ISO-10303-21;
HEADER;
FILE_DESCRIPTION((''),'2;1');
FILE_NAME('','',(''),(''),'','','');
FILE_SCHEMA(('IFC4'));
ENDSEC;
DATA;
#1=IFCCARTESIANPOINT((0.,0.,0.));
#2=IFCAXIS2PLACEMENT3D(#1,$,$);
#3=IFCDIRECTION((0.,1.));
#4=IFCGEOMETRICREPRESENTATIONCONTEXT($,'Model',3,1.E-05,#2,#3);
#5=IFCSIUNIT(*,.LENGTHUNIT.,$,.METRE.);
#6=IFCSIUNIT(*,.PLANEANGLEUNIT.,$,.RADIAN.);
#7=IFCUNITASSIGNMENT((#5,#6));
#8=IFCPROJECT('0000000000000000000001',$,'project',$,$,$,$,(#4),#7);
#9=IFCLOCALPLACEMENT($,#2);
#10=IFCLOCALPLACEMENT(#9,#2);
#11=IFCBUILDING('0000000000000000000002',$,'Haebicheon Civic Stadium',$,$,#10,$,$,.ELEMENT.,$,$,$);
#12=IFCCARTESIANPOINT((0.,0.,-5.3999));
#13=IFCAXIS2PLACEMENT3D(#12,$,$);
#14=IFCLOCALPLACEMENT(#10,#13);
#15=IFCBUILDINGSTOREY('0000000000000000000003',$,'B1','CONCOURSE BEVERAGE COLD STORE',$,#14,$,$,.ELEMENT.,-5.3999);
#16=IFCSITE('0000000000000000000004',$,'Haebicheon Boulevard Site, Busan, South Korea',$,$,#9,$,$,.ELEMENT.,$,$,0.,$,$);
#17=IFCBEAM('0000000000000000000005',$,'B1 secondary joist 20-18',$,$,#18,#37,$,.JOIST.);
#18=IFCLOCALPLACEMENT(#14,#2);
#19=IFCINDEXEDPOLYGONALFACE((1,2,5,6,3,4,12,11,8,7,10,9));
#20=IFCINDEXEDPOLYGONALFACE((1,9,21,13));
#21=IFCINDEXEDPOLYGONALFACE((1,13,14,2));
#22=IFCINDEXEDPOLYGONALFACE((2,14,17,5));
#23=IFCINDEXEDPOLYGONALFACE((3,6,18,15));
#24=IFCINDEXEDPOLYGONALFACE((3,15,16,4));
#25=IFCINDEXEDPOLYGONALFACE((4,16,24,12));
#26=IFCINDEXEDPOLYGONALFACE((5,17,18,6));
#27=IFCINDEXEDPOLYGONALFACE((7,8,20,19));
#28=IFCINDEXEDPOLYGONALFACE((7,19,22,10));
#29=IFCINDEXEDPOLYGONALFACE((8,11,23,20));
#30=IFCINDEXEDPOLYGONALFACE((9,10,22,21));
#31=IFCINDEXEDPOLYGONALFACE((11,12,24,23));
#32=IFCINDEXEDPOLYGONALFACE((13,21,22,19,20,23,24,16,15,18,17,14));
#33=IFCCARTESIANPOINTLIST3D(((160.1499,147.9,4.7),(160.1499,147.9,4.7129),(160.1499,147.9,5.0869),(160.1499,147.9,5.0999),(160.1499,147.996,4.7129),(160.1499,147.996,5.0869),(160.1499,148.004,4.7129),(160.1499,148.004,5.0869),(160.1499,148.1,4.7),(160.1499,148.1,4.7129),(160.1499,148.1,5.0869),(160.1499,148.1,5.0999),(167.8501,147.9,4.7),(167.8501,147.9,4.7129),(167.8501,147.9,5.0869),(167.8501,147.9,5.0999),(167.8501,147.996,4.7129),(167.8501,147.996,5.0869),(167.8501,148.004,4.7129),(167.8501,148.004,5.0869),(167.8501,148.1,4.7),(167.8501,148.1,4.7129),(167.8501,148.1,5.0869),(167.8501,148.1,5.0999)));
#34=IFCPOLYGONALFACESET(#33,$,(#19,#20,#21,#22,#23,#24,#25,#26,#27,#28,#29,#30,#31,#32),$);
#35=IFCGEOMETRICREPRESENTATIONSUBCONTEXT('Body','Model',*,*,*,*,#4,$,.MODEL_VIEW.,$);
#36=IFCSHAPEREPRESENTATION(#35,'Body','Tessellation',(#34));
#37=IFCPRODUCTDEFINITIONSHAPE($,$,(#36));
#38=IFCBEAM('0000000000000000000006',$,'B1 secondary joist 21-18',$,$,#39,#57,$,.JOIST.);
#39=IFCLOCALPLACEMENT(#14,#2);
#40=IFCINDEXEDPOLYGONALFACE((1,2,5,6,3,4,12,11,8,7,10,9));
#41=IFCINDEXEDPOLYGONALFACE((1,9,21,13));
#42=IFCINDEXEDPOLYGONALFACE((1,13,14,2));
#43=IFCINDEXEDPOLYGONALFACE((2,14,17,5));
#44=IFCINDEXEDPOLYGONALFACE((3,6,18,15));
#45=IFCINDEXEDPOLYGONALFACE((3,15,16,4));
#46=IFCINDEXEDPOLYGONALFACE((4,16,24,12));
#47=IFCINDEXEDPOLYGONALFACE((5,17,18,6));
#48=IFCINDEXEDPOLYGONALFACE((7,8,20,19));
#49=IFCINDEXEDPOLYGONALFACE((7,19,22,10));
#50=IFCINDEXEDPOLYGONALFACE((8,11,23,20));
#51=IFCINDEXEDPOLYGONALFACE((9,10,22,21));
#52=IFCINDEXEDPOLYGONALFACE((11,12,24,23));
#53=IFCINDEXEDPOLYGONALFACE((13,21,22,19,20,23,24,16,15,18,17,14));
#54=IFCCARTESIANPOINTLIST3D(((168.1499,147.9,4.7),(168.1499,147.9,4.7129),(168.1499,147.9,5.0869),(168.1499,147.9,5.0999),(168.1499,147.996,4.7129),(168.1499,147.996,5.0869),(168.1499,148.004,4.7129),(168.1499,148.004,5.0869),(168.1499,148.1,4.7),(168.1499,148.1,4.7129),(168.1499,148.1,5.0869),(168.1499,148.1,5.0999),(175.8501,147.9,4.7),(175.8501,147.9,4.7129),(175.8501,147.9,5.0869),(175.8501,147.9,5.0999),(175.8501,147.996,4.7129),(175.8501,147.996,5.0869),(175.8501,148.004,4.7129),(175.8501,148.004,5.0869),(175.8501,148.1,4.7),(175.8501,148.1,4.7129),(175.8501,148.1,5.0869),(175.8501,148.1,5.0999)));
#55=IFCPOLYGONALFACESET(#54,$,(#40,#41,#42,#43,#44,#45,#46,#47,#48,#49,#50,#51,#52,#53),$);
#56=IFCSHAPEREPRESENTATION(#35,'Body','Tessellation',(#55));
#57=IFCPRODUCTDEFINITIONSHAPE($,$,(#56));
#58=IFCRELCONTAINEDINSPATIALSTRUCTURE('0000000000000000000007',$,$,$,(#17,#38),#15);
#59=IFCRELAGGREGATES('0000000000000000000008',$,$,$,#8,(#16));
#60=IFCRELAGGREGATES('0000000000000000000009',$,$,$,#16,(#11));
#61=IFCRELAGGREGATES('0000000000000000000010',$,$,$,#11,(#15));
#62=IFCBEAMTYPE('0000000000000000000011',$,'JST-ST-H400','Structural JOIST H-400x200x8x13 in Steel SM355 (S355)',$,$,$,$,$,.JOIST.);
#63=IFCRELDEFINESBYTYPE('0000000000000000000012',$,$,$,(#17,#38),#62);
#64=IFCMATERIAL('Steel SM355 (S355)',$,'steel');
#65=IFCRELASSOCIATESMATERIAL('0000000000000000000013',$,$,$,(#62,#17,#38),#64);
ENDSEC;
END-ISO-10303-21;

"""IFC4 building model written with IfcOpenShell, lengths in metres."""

from ifc_helpers import new_model, si_unit, direction, frame, origin, origin_2d, place, context, subcontext, project, spatial, i_section, extrude, material, material_profile, profile_set, type_object, element, save


model = new_model("IFC4")

# Units and contexts
model_context = context("Model", 3, precision=1e-05, world=origin(), true_north=direction((0.0, 1.0)))
body_context = subcontext(model_context, "Body", "Model", "MODEL_VIEW")
ifc_project = project(units=[si_unit("LENGTHUNIT", "METRE"), si_unit("PLANEANGLEUNIT", "RADIAN")], contexts=[model_context])

# Site, building, storey
site_placement = place(None, origin())
site = spatial("IfcSite", under=ifc_project, at=site_placement, Name="Haebicheon Boulevard Site, Busan, South Korea", CompositionType="ELEMENT", RefElevation=0.0)
building_placement = place(site_placement, origin())
building = spatial("IfcBuilding", under=site, at=building_placement, Name="Haebicheon Civic Stadium", CompositionType="ELEMENT")
storey_placement = place(building_placement, frame((0.0, 0.0, -5.3999)))
storey = spatial("IfcBuildingStorey", under=building, at=storey_placement, Name="B1", Description="CONCOURSE BEVERAGE COLD STORE", CompositionType="ELEMENT", Elevation=-5.3999)

# Beams
ifc_material_1 = material(Name="Steel SM355 (S355)", Category="steel")
ifc_material_profile_1 = material_profile(ifc_material_1, i_section(OverallWidth=0.2, OverallDepth=0.3999, WebThickness=0.0081, FlangeThickness=0.0129, at=origin_2d()), Name="H-400x200x8x13")
ifc_profile_set_1 = profile_set([ifc_material_profile_1], Name="Steel SM355 (S355)")
beam_type_1 = type_object("IfcBeamType", Name="JST-ST-H400", Description="Structural JOIST H-400x200x8x13 in Steel SM355 (S355)", PredefinedType="JOIST", material=ifc_profile_set_1)
for number, where, z_axis, x_axis, name in (
    (1, (160.1499, 148.0, 4.8999), (1.0, 0.0, 0.0), (0.0, 1.0, 0.0), "B1 secondary joist 20-18"),
    (2, (168.1499, 148.0, 4.8999), (1.0, 0.0, 0.0), (0.0, 1.0, 0.0), "B1 secondary joist 21-18"),
):
    element("IfcBeam", number, at=place(storey_placement, frame(where, z_axis=z_axis, x_axis=x_axis)), inside=storey, type_object=beam_type_1, material=ifc_profile_set_1, Name=name, PredefinedType="JOIST", context=body_context, shape_type="SweptSolid", body=[
        extrude(i_section(OverallWidth=0.2, OverallDepth=0.3999, WebThickness=0.0081, FlangeThickness=0.0129, at=origin_2d()), origin(), (0.0, 0.0, 1.0), 7.7002),
    ])

save(model, "model.ifc")
